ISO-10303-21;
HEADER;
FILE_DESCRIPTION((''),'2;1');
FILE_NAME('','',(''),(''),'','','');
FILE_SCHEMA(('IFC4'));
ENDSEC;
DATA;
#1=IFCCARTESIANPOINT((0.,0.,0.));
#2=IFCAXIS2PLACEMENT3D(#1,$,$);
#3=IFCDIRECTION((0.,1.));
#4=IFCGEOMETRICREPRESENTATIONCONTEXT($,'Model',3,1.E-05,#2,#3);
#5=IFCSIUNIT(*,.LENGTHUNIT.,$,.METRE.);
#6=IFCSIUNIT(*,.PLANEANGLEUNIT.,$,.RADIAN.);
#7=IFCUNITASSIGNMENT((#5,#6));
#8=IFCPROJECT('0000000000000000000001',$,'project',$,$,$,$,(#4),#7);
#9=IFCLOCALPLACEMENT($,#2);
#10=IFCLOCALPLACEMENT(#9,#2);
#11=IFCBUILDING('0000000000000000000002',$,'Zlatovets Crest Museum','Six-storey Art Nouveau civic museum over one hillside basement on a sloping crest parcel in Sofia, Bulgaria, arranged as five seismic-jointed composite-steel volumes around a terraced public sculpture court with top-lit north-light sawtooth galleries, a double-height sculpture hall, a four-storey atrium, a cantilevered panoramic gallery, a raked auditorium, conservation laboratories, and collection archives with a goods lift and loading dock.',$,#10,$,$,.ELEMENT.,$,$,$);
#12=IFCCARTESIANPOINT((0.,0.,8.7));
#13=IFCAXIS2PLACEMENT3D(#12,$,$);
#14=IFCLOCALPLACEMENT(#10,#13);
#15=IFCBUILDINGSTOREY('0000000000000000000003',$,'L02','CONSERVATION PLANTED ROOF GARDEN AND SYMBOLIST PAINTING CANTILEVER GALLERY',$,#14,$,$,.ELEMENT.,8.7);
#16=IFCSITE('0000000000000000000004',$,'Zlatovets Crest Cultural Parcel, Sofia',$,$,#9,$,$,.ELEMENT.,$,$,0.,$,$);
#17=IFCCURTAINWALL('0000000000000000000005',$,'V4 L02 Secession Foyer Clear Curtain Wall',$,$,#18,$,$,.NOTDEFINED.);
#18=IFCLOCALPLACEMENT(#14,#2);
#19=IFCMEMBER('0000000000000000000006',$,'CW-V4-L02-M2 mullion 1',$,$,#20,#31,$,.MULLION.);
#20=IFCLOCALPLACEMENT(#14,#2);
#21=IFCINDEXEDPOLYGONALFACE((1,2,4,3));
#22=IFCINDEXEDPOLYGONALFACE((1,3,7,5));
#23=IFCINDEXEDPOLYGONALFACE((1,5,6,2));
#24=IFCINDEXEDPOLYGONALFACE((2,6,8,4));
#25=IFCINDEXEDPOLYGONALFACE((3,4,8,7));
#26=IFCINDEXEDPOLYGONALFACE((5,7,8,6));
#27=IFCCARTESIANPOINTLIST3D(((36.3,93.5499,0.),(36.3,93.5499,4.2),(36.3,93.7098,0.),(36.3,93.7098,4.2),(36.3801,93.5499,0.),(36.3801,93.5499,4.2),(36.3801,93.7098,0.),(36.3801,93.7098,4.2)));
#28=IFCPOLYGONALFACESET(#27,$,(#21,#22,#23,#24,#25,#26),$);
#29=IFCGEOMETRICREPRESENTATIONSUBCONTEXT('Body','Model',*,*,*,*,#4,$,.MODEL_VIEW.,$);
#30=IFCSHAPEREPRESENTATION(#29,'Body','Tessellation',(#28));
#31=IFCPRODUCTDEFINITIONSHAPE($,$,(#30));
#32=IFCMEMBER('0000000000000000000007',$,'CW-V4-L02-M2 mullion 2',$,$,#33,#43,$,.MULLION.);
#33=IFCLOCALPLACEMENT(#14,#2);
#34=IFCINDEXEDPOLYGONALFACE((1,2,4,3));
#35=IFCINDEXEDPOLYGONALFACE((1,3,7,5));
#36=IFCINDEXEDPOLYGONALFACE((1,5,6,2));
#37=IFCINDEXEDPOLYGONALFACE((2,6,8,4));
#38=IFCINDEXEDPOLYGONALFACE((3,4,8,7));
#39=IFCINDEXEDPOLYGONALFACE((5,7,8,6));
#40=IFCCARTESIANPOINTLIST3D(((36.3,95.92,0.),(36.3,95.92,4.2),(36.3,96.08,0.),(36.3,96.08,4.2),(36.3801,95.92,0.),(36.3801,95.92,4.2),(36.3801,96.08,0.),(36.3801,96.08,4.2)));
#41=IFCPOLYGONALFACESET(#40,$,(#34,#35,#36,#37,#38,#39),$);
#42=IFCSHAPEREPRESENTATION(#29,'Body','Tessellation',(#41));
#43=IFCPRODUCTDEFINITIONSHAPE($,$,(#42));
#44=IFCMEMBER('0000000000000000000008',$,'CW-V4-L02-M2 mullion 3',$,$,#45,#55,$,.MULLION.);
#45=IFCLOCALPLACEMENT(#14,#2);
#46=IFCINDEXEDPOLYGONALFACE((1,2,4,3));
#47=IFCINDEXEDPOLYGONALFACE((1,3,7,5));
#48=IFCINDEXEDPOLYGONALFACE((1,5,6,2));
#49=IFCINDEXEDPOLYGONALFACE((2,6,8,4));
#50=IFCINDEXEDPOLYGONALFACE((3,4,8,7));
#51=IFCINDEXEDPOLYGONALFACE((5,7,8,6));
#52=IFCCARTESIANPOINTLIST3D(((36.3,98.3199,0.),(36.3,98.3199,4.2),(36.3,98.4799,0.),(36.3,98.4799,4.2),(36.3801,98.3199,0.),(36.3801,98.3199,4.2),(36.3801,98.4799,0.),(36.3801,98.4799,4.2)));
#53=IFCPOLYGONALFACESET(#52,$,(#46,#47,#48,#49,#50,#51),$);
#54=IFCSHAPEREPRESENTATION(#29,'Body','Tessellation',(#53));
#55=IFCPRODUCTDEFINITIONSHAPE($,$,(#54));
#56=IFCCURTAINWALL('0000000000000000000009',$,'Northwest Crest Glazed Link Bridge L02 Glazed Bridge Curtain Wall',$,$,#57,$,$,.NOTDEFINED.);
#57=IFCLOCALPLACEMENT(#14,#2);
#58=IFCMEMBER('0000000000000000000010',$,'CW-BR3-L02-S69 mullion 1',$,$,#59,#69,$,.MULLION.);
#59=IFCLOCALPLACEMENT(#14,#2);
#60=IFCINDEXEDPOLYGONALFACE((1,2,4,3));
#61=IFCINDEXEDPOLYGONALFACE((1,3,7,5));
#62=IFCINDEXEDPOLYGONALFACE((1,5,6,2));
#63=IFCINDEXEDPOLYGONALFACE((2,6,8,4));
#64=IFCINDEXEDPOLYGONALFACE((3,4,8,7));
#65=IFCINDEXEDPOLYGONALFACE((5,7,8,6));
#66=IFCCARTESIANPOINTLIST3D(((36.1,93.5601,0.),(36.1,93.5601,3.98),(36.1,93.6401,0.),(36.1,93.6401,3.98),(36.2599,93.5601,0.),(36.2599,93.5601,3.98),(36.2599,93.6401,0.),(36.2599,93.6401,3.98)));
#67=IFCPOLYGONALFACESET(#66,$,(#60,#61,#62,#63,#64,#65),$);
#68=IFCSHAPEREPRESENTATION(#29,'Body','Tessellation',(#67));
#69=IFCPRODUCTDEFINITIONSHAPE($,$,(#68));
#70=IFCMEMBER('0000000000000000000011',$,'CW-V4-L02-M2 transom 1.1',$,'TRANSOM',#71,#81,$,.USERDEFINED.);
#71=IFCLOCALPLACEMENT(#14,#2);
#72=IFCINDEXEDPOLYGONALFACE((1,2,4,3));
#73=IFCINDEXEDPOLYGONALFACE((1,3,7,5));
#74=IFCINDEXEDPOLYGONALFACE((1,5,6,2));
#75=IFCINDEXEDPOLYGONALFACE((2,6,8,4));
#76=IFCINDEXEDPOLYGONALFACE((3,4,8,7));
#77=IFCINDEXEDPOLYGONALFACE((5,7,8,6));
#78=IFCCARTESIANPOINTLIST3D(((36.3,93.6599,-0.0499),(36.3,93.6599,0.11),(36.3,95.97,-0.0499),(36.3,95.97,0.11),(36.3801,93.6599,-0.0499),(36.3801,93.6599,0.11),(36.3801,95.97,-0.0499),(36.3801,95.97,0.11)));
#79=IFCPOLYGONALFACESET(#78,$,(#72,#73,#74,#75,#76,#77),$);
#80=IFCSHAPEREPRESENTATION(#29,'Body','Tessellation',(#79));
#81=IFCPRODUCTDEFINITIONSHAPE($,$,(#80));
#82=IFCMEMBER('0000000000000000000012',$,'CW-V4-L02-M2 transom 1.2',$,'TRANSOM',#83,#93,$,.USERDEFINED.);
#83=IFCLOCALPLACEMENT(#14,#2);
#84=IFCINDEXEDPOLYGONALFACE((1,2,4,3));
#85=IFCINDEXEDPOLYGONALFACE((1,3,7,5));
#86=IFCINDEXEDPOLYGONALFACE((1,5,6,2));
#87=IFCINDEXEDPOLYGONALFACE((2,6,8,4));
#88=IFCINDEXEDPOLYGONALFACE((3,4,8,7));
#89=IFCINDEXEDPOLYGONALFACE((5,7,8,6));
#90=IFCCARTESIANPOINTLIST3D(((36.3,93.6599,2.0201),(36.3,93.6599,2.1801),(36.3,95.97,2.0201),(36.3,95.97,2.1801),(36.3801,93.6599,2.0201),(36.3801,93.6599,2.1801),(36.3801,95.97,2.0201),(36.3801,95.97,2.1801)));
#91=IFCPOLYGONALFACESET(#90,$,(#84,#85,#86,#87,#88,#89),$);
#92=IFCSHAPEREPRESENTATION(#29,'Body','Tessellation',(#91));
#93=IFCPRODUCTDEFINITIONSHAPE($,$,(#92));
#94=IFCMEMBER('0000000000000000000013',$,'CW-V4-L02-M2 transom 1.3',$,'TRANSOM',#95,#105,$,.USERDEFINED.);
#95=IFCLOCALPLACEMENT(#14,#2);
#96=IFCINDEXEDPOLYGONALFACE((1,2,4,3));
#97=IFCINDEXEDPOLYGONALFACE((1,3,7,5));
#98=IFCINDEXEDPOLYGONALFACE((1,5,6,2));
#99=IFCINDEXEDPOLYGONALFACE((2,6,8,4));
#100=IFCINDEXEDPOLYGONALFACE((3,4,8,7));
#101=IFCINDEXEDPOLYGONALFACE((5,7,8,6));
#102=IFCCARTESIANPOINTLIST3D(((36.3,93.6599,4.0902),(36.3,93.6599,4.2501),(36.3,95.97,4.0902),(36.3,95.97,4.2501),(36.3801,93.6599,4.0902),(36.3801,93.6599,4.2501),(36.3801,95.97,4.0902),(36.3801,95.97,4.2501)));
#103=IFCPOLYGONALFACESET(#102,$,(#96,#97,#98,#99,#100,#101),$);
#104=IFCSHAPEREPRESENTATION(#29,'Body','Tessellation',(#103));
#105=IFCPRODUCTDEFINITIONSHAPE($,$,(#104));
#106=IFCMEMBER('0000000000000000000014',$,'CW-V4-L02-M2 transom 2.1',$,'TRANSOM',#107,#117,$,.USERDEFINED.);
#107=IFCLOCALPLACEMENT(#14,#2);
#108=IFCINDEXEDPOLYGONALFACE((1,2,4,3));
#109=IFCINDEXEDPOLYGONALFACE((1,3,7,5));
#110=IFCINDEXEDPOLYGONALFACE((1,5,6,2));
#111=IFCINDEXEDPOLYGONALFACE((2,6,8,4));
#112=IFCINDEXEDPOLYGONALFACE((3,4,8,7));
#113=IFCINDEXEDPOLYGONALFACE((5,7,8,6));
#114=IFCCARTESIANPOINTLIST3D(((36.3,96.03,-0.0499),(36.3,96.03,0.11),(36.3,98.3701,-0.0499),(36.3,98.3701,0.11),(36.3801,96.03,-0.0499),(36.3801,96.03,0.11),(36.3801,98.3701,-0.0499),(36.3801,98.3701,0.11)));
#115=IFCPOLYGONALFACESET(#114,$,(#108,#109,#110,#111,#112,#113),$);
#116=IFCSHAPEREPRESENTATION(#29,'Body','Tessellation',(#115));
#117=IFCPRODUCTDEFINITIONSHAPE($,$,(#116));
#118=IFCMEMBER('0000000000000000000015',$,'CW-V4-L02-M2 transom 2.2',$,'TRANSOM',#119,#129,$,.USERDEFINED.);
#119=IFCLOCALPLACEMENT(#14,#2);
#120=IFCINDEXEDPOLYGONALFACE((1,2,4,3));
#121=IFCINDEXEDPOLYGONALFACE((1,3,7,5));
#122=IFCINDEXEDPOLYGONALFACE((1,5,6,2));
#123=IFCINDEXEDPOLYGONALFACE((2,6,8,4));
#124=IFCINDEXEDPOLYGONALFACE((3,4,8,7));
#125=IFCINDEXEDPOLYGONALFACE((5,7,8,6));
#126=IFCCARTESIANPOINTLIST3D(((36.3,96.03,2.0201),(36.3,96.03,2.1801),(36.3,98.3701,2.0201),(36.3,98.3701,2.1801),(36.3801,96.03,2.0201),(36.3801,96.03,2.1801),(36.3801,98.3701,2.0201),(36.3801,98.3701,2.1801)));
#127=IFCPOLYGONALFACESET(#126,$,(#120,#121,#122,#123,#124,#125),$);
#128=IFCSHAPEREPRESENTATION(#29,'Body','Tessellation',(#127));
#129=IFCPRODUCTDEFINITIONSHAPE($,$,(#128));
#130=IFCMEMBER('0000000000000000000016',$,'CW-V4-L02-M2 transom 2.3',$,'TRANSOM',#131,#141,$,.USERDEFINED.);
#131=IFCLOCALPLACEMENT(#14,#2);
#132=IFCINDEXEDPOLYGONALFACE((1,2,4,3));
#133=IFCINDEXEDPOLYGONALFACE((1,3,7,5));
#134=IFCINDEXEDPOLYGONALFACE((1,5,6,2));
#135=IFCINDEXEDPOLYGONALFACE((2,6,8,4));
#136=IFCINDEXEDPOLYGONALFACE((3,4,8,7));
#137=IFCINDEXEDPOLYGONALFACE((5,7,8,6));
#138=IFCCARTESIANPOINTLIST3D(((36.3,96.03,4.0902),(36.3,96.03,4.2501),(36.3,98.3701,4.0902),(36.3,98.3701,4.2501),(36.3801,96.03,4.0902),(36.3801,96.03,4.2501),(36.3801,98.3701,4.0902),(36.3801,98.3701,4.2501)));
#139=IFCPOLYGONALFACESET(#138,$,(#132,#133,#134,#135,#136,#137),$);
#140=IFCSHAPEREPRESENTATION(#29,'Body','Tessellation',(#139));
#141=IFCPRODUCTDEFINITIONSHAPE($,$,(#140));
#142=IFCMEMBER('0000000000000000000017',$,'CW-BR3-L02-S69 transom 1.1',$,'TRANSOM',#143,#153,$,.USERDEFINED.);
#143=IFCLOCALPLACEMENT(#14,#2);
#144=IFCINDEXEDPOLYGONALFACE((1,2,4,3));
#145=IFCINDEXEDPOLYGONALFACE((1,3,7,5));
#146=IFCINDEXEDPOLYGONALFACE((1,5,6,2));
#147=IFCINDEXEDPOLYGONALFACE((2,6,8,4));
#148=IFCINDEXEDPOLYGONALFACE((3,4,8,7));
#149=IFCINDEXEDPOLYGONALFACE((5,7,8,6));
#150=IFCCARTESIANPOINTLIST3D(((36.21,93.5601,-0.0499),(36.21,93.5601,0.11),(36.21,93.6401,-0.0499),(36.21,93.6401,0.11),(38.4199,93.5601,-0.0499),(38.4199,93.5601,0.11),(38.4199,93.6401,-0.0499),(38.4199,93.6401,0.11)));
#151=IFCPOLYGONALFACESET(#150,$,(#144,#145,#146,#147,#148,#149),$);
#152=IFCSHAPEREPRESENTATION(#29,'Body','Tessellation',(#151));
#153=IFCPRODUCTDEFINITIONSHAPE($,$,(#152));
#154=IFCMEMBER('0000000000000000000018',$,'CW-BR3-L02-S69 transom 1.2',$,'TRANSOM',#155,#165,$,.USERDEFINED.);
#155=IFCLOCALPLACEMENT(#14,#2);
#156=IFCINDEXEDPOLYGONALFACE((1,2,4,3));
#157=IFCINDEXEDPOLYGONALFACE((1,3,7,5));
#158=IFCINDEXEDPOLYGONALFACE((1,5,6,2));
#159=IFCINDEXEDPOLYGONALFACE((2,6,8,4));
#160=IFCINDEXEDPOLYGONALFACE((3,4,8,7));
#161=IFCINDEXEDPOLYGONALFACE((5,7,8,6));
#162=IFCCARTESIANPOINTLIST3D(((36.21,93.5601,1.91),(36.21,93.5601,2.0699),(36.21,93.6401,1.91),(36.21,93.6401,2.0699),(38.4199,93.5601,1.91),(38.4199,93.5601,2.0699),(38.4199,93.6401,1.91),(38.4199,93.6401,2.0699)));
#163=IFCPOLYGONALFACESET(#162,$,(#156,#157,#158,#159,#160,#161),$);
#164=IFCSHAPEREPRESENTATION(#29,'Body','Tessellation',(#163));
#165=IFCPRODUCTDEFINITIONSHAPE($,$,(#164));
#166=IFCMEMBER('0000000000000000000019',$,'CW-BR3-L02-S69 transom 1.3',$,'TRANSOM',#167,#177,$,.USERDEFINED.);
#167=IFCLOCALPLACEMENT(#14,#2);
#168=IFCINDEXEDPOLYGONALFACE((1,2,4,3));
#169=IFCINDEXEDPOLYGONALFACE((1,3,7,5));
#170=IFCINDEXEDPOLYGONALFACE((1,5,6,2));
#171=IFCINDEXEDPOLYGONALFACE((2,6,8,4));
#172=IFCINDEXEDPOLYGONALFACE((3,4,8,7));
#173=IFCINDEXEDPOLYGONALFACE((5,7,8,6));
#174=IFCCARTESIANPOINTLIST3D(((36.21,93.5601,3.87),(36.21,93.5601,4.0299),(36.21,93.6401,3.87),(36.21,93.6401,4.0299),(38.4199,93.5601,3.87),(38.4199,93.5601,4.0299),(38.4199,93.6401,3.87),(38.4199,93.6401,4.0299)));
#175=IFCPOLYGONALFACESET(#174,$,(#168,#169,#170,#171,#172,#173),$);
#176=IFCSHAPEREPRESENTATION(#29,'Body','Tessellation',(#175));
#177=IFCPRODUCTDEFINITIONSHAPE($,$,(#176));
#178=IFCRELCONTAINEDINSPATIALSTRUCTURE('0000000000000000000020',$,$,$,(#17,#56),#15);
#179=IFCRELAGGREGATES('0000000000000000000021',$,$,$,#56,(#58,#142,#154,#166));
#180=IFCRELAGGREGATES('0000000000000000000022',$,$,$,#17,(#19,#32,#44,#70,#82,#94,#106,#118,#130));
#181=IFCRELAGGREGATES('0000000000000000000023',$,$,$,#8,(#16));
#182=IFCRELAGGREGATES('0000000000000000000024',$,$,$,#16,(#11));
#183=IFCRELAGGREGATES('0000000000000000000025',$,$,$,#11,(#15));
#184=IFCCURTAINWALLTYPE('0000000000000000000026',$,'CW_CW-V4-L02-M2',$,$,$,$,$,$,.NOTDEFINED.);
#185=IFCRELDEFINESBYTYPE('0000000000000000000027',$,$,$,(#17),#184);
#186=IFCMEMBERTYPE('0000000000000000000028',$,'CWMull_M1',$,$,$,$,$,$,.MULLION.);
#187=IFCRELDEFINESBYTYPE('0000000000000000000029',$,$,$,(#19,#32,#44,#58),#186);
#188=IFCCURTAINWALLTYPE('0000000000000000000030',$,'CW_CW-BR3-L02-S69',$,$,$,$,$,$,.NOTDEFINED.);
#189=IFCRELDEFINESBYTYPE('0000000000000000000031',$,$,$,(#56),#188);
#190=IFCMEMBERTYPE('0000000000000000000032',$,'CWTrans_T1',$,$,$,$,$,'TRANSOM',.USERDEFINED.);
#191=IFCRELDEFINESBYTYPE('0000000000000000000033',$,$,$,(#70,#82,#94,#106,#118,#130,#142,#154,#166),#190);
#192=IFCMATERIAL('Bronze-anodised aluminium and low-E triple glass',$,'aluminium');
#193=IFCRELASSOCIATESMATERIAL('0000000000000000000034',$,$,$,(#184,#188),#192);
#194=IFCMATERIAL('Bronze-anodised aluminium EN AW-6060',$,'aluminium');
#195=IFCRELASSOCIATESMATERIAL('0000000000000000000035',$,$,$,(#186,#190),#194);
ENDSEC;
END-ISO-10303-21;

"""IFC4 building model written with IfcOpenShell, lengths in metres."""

from ifc_helpers import new_model, si_unit, direction, frame, origin, origin_2d, place, context, subcontext, project, spatial, rectangle, extrude, material, material_profile, profile_set, type_object, element, aggregate, save


model = new_model("IFC4")

# Units and contexts
model_context = context("Model", 3, precision=1e-05, world=origin(), true_north=direction((0.0, 1.0)))
body_context = subcontext(model_context, "Body", "Model", "MODEL_VIEW")
ifc_project = project(units=[si_unit("LENGTHUNIT", "METRE"), si_unit("PLANEANGLEUNIT", "RADIAN")], contexts=[model_context])

# Site, building, storey
site_placement = place(None, origin())
site = spatial("IfcSite", under=ifc_project, at=site_placement, Name="Zlatovets Crest Cultural Parcel, Sofia", CompositionType="ELEMENT", RefElevation=0.0)
building_placement = place(site_placement, origin())
building = spatial("IfcBuilding", under=site, at=building_placement, Name="Zlatovets Crest Museum", Description="Six-storey Art Nouveau civic museum over one hillside basement on a sloping crest parcel in Sofia, Bulgaria, arranged as five seismic-jointed composite-steel volumes around a terraced public sculpture court with top-lit north-light sawtooth galleries, a double-height sculpture hall, a four-storey atrium, a cantilevered panoramic gallery, a raked auditorium, conservation laboratories, and collection archives with a goods lift and loading dock.", CompositionType="ELEMENT")
storey_placement = place(building_placement, frame((0.0, 0.0, 8.7)))
storey = spatial("IfcBuildingStorey", under=building, at=storey_placement, Name="L02", Description="CONSERVATION PLANTED ROOF GARDEN AND SYMBOLIST PAINTING CANTILEVER GALLERY", CompositionType="ELEMENT", Elevation=8.7)

# Curtain wall, members
ifc_material_1 = material(Name="Bronze-anodised aluminium and low-E triple glass", Category="aluminium")
curtain_wall_type_1 = type_object("IfcCurtainWallType", Name="CW_CW-V4-L02-M2", PredefinedType="NOTDEFINED", material=ifc_material_1)
curtain_wall_1_placement = place(storey_placement, origin())
curtain_wall_1 = element("IfcCurtainWall", 1, at=curtain_wall_1_placement, inside=storey, type_object=curtain_wall_type_1, Name="V4 L02 Secession Foyer Clear Curtain Wall", PredefinedType="NOTDEFINED")
ifc_material_2 = material(Name="Bronze-anodised aluminium EN AW-6060", Category="aluminium")
ifc_material_profile_1 = material_profile(ifc_material_2, rectangle(XDim=0.0801, YDim=0.1599, at=origin_2d()), Name="ALU 80x160")
ifc_profile_set_1 = profile_set([ifc_material_profile_1], Name="Bronze-anodised aluminium EN AW-6060")
member_type_1 = type_object("IfcMemberType", Name="CWMull_M1", PredefinedType="MULLION", material=ifc_profile_set_1)
member_1_placement = place(storey_placement, frame((36.3401, 93.6299, 0.0), z_axis=(0.0, 0.0, 1.0), x_axis=(-1.0, 0.0, 0.0)))
member_1 = element("IfcMember", 2, at=member_1_placement, type_object=member_type_1, Name="CW-V4-L02-M2 mullion 1", PredefinedType="MULLION", context=body_context, shape_type="SweptSolid", body=[
    extrude(rectangle(XDim=0.0801, YDim=0.1599, at=origin_2d()), origin(), (0.0, 0.0, 1.0), 4.2),
])
member_2_placement = place(storey_placement, frame((36.3401, 96.0, 0.0), z_axis=(0.0, 0.0, 1.0), x_axis=(-1.0, 0.0, 0.0)))
member_2 = element("IfcMember", 3, at=member_2_placement, type_object=member_type_1, Name="CW-V4-L02-M2 mullion 2", PredefinedType="MULLION", context=body_context, shape_type="SweptSolid", body=[
    extrude(rectangle(XDim=0.0801, YDim=0.1599, at=origin_2d()), origin(), (0.0, 0.0, 1.0), 4.2),
])
member_3_placement = place(storey_placement, frame((36.3401, 98.3999, 0.0), z_axis=(0.0, 0.0, 1.0), x_axis=(-1.0, 0.0, 0.0)))
member_3 = element("IfcMember", 4, at=member_3_placement, type_object=member_type_1, Name="CW-V4-L02-M2 mullion 3", PredefinedType="MULLION", context=body_context, shape_type="SweptSolid", body=[
    extrude(rectangle(XDim=0.0801, YDim=0.1599, at=origin_2d()), origin(), (0.0, 0.0, 1.0), 4.2),
])

# Curtain wall, member
curtain_wall_type_2 = type_object("IfcCurtainWallType", Name="CW_CW-BR3-L02-S69", PredefinedType="NOTDEFINED", material=ifc_material_1)
curtain_wall_2_placement = place(storey_placement, origin())
curtain_wall_2 = element("IfcCurtainWall", 5, at=curtain_wall_2_placement, inside=storey, type_object=curtain_wall_type_2, Name="Northwest Crest Glazed Link Bridge L02 Glazed Bridge Curtain Wall", PredefinedType="NOTDEFINED")
member_4_placement = place(storey_placement, frame((36.1799, 93.6001, 0.0), z_axis=(0.0, 0.0, 1.0), x_axis=(0.0, 1.0, 0.0)))
member_4 = element("IfcMember", 6, at=member_4_placement, type_object=member_type_1, Name="CW-BR3-L02-S69 mullion 1", PredefinedType="MULLION", context=body_context, shape_type="SweptSolid", body=[
    extrude(rectangle(XDim=0.0801, YDim=0.1599, at=origin_2d()), origin(), (0.0, 0.0, 1.0), 3.98),
])

# Members
ifc_material_profile_2 = material_profile(ifc_material_2, rectangle(XDim=0.0801, YDim=0.1599, at=origin_2d()), Name="ALU 80x160")
ifc_profile_set_2 = profile_set([ifc_material_profile_2], Name="Bronze-anodised aluminium EN AW-6060")
member_type_2 = type_object("IfcMemberType", Name="CWTrans_T1", ElementType="TRANSOM", PredefinedType="USERDEFINED", material=ifc_profile_set_2)
member_5_placement = place(storey_placement, frame((36.3401, 93.6599, 0.03), z_axis=(0.0, 1.0, 0.0), x_axis=(-1.0, 0.0, 0.0)))
member_5 = element("IfcMember", 7, at=member_5_placement, type_object=member_type_2, Name="CW-V4-L02-M2 transom 1.1", ObjectType="TRANSOM", PredefinedType="USERDEFINED", context=body_context, shape_type="SweptSolid", body=[
    extrude(rectangle(XDim=0.0801, YDim=0.1599, at=origin_2d()), origin(), (0.0, 0.0, 1.0), 2.3101),
])
member_6_placement = place(storey_placement, frame((36.3401, 93.6599, 2.1001), z_axis=(0.0, 1.0, 0.0), x_axis=(-1.0, 0.0, 0.0)))
member_6 = element("IfcMember", 8, at=member_6_placement, type_object=member_type_2, Name="CW-V4-L02-M2 transom 1.2", ObjectType="TRANSOM", PredefinedType="USERDEFINED", context=body_context, shape_type="SweptSolid", body=[
    extrude(rectangle(XDim=0.0801, YDim=0.1599, at=origin_2d()), origin(), (0.0, 0.0, 1.0), 2.3101),
])
member_7_placement = place(storey_placement, frame((36.3401, 93.6599, 4.1702), z_axis=(0.0, 1.0, 0.0), x_axis=(-1.0, 0.0, 0.0)))
member_7 = element("IfcMember", 9, at=member_7_placement, type_object=member_type_2, Name="CW-V4-L02-M2 transom 1.3", ObjectType="TRANSOM", PredefinedType="USERDEFINED", context=body_context, shape_type="SweptSolid", body=[
    extrude(rectangle(XDim=0.0801, YDim=0.1599, at=origin_2d()), origin(), (0.0, 0.0, 1.0), 2.3101),
])
member_8_placement = place(storey_placement, frame((36.3401, 96.03, 0.03), z_axis=(0.0, 1.0, 0.0), x_axis=(-1.0, 0.0, 0.0)))
member_8 = element("IfcMember", 10, at=member_8_placement, type_object=member_type_2, Name="CW-V4-L02-M2 transom 2.1", ObjectType="TRANSOM", PredefinedType="USERDEFINED", context=body_context, shape_type="SweptSolid", body=[
    extrude(rectangle(XDim=0.0801, YDim=0.1599, at=origin_2d()), origin(), (0.0, 0.0, 1.0), 2.3401),
])
member_9_placement = place(storey_placement, frame((36.3401, 96.03, 2.1001), z_axis=(0.0, 1.0, 0.0), x_axis=(-1.0, 0.0, 0.0)))
member_9 = element("IfcMember", 11, at=member_9_placement, type_object=member_type_2, Name="CW-V4-L02-M2 transom 2.2", ObjectType="TRANSOM", PredefinedType="USERDEFINED", context=body_context, shape_type="SweptSolid", body=[
    extrude(rectangle(XDim=0.0801, YDim=0.1599, at=origin_2d()), origin(), (0.0, 0.0, 1.0), 2.3401),
])
member_10_placement = place(storey_placement, frame((36.3401, 96.03, 4.1702), z_axis=(0.0, 1.0, 0.0), x_axis=(-1.0, 0.0, 0.0)))
member_10 = element("IfcMember", 12, at=member_10_placement, type_object=member_type_2, Name="CW-V4-L02-M2 transom 2.3", ObjectType="TRANSOM", PredefinedType="USERDEFINED", context=body_context, shape_type="SweptSolid", body=[
    extrude(rectangle(XDim=0.0801, YDim=0.1599, at=origin_2d()), origin(), (0.0, 0.0, 1.0), 2.3401),
])
member_11_placement = place(storey_placement, frame((36.21, 93.6001, 0.03), z_axis=(1.0, 0.0, 0.0), x_axis=(0.0, 1.0, 0.0)))
member_11 = element("IfcMember", 13, at=member_11_placement, type_object=member_type_2, Name="CW-BR3-L02-S69 transom 1.1", ObjectType="TRANSOM", PredefinedType="USERDEFINED", context=body_context, shape_type="SweptSolid", body=[
    extrude(rectangle(XDim=0.0801, YDim=0.1599, at=origin_2d()), origin(), (0.0, 0.0, 1.0), 2.21),
])
member_12_placement = place(storey_placement, frame((36.21, 93.6001, 1.99), z_axis=(1.0, 0.0, 0.0), x_axis=(0.0, 1.0, 0.0)))
member_12 = element("IfcMember", 14, at=member_12_placement, type_object=member_type_2, Name="CW-BR3-L02-S69 transom 1.2", ObjectType="TRANSOM", PredefinedType="USERDEFINED", context=body_context, shape_type="SweptSolid", body=[
    extrude(rectangle(XDim=0.0801, YDim=0.1599, at=origin_2d()), origin(), (0.0, 0.0, 1.0), 2.21),
])
member_13_placement = place(storey_placement, frame((36.21, 93.6001, 3.95), z_axis=(1.0, 0.0, 0.0), x_axis=(0.0, 1.0, 0.0)))
member_13 = element("IfcMember", 15, at=member_13_placement, type_object=member_type_2, Name="CW-BR3-L02-S69 transom 1.3", ObjectType="TRANSOM", PredefinedType="USERDEFINED", context=body_context, shape_type="SweptSolid", body=[
    extrude(rectangle(XDim=0.0801, YDim=0.1599, at=origin_2d()), origin(), (0.0, 0.0, 1.0), 2.21),
])

aggregate(curtain_wall_2, [member_4, member_11, member_12, member_13])
aggregate(curtain_wall_1, [member_1, member_2, member_3, member_5, member_6, member_7, member_8, member_9, member_10])

save(model, "model.ifc")
